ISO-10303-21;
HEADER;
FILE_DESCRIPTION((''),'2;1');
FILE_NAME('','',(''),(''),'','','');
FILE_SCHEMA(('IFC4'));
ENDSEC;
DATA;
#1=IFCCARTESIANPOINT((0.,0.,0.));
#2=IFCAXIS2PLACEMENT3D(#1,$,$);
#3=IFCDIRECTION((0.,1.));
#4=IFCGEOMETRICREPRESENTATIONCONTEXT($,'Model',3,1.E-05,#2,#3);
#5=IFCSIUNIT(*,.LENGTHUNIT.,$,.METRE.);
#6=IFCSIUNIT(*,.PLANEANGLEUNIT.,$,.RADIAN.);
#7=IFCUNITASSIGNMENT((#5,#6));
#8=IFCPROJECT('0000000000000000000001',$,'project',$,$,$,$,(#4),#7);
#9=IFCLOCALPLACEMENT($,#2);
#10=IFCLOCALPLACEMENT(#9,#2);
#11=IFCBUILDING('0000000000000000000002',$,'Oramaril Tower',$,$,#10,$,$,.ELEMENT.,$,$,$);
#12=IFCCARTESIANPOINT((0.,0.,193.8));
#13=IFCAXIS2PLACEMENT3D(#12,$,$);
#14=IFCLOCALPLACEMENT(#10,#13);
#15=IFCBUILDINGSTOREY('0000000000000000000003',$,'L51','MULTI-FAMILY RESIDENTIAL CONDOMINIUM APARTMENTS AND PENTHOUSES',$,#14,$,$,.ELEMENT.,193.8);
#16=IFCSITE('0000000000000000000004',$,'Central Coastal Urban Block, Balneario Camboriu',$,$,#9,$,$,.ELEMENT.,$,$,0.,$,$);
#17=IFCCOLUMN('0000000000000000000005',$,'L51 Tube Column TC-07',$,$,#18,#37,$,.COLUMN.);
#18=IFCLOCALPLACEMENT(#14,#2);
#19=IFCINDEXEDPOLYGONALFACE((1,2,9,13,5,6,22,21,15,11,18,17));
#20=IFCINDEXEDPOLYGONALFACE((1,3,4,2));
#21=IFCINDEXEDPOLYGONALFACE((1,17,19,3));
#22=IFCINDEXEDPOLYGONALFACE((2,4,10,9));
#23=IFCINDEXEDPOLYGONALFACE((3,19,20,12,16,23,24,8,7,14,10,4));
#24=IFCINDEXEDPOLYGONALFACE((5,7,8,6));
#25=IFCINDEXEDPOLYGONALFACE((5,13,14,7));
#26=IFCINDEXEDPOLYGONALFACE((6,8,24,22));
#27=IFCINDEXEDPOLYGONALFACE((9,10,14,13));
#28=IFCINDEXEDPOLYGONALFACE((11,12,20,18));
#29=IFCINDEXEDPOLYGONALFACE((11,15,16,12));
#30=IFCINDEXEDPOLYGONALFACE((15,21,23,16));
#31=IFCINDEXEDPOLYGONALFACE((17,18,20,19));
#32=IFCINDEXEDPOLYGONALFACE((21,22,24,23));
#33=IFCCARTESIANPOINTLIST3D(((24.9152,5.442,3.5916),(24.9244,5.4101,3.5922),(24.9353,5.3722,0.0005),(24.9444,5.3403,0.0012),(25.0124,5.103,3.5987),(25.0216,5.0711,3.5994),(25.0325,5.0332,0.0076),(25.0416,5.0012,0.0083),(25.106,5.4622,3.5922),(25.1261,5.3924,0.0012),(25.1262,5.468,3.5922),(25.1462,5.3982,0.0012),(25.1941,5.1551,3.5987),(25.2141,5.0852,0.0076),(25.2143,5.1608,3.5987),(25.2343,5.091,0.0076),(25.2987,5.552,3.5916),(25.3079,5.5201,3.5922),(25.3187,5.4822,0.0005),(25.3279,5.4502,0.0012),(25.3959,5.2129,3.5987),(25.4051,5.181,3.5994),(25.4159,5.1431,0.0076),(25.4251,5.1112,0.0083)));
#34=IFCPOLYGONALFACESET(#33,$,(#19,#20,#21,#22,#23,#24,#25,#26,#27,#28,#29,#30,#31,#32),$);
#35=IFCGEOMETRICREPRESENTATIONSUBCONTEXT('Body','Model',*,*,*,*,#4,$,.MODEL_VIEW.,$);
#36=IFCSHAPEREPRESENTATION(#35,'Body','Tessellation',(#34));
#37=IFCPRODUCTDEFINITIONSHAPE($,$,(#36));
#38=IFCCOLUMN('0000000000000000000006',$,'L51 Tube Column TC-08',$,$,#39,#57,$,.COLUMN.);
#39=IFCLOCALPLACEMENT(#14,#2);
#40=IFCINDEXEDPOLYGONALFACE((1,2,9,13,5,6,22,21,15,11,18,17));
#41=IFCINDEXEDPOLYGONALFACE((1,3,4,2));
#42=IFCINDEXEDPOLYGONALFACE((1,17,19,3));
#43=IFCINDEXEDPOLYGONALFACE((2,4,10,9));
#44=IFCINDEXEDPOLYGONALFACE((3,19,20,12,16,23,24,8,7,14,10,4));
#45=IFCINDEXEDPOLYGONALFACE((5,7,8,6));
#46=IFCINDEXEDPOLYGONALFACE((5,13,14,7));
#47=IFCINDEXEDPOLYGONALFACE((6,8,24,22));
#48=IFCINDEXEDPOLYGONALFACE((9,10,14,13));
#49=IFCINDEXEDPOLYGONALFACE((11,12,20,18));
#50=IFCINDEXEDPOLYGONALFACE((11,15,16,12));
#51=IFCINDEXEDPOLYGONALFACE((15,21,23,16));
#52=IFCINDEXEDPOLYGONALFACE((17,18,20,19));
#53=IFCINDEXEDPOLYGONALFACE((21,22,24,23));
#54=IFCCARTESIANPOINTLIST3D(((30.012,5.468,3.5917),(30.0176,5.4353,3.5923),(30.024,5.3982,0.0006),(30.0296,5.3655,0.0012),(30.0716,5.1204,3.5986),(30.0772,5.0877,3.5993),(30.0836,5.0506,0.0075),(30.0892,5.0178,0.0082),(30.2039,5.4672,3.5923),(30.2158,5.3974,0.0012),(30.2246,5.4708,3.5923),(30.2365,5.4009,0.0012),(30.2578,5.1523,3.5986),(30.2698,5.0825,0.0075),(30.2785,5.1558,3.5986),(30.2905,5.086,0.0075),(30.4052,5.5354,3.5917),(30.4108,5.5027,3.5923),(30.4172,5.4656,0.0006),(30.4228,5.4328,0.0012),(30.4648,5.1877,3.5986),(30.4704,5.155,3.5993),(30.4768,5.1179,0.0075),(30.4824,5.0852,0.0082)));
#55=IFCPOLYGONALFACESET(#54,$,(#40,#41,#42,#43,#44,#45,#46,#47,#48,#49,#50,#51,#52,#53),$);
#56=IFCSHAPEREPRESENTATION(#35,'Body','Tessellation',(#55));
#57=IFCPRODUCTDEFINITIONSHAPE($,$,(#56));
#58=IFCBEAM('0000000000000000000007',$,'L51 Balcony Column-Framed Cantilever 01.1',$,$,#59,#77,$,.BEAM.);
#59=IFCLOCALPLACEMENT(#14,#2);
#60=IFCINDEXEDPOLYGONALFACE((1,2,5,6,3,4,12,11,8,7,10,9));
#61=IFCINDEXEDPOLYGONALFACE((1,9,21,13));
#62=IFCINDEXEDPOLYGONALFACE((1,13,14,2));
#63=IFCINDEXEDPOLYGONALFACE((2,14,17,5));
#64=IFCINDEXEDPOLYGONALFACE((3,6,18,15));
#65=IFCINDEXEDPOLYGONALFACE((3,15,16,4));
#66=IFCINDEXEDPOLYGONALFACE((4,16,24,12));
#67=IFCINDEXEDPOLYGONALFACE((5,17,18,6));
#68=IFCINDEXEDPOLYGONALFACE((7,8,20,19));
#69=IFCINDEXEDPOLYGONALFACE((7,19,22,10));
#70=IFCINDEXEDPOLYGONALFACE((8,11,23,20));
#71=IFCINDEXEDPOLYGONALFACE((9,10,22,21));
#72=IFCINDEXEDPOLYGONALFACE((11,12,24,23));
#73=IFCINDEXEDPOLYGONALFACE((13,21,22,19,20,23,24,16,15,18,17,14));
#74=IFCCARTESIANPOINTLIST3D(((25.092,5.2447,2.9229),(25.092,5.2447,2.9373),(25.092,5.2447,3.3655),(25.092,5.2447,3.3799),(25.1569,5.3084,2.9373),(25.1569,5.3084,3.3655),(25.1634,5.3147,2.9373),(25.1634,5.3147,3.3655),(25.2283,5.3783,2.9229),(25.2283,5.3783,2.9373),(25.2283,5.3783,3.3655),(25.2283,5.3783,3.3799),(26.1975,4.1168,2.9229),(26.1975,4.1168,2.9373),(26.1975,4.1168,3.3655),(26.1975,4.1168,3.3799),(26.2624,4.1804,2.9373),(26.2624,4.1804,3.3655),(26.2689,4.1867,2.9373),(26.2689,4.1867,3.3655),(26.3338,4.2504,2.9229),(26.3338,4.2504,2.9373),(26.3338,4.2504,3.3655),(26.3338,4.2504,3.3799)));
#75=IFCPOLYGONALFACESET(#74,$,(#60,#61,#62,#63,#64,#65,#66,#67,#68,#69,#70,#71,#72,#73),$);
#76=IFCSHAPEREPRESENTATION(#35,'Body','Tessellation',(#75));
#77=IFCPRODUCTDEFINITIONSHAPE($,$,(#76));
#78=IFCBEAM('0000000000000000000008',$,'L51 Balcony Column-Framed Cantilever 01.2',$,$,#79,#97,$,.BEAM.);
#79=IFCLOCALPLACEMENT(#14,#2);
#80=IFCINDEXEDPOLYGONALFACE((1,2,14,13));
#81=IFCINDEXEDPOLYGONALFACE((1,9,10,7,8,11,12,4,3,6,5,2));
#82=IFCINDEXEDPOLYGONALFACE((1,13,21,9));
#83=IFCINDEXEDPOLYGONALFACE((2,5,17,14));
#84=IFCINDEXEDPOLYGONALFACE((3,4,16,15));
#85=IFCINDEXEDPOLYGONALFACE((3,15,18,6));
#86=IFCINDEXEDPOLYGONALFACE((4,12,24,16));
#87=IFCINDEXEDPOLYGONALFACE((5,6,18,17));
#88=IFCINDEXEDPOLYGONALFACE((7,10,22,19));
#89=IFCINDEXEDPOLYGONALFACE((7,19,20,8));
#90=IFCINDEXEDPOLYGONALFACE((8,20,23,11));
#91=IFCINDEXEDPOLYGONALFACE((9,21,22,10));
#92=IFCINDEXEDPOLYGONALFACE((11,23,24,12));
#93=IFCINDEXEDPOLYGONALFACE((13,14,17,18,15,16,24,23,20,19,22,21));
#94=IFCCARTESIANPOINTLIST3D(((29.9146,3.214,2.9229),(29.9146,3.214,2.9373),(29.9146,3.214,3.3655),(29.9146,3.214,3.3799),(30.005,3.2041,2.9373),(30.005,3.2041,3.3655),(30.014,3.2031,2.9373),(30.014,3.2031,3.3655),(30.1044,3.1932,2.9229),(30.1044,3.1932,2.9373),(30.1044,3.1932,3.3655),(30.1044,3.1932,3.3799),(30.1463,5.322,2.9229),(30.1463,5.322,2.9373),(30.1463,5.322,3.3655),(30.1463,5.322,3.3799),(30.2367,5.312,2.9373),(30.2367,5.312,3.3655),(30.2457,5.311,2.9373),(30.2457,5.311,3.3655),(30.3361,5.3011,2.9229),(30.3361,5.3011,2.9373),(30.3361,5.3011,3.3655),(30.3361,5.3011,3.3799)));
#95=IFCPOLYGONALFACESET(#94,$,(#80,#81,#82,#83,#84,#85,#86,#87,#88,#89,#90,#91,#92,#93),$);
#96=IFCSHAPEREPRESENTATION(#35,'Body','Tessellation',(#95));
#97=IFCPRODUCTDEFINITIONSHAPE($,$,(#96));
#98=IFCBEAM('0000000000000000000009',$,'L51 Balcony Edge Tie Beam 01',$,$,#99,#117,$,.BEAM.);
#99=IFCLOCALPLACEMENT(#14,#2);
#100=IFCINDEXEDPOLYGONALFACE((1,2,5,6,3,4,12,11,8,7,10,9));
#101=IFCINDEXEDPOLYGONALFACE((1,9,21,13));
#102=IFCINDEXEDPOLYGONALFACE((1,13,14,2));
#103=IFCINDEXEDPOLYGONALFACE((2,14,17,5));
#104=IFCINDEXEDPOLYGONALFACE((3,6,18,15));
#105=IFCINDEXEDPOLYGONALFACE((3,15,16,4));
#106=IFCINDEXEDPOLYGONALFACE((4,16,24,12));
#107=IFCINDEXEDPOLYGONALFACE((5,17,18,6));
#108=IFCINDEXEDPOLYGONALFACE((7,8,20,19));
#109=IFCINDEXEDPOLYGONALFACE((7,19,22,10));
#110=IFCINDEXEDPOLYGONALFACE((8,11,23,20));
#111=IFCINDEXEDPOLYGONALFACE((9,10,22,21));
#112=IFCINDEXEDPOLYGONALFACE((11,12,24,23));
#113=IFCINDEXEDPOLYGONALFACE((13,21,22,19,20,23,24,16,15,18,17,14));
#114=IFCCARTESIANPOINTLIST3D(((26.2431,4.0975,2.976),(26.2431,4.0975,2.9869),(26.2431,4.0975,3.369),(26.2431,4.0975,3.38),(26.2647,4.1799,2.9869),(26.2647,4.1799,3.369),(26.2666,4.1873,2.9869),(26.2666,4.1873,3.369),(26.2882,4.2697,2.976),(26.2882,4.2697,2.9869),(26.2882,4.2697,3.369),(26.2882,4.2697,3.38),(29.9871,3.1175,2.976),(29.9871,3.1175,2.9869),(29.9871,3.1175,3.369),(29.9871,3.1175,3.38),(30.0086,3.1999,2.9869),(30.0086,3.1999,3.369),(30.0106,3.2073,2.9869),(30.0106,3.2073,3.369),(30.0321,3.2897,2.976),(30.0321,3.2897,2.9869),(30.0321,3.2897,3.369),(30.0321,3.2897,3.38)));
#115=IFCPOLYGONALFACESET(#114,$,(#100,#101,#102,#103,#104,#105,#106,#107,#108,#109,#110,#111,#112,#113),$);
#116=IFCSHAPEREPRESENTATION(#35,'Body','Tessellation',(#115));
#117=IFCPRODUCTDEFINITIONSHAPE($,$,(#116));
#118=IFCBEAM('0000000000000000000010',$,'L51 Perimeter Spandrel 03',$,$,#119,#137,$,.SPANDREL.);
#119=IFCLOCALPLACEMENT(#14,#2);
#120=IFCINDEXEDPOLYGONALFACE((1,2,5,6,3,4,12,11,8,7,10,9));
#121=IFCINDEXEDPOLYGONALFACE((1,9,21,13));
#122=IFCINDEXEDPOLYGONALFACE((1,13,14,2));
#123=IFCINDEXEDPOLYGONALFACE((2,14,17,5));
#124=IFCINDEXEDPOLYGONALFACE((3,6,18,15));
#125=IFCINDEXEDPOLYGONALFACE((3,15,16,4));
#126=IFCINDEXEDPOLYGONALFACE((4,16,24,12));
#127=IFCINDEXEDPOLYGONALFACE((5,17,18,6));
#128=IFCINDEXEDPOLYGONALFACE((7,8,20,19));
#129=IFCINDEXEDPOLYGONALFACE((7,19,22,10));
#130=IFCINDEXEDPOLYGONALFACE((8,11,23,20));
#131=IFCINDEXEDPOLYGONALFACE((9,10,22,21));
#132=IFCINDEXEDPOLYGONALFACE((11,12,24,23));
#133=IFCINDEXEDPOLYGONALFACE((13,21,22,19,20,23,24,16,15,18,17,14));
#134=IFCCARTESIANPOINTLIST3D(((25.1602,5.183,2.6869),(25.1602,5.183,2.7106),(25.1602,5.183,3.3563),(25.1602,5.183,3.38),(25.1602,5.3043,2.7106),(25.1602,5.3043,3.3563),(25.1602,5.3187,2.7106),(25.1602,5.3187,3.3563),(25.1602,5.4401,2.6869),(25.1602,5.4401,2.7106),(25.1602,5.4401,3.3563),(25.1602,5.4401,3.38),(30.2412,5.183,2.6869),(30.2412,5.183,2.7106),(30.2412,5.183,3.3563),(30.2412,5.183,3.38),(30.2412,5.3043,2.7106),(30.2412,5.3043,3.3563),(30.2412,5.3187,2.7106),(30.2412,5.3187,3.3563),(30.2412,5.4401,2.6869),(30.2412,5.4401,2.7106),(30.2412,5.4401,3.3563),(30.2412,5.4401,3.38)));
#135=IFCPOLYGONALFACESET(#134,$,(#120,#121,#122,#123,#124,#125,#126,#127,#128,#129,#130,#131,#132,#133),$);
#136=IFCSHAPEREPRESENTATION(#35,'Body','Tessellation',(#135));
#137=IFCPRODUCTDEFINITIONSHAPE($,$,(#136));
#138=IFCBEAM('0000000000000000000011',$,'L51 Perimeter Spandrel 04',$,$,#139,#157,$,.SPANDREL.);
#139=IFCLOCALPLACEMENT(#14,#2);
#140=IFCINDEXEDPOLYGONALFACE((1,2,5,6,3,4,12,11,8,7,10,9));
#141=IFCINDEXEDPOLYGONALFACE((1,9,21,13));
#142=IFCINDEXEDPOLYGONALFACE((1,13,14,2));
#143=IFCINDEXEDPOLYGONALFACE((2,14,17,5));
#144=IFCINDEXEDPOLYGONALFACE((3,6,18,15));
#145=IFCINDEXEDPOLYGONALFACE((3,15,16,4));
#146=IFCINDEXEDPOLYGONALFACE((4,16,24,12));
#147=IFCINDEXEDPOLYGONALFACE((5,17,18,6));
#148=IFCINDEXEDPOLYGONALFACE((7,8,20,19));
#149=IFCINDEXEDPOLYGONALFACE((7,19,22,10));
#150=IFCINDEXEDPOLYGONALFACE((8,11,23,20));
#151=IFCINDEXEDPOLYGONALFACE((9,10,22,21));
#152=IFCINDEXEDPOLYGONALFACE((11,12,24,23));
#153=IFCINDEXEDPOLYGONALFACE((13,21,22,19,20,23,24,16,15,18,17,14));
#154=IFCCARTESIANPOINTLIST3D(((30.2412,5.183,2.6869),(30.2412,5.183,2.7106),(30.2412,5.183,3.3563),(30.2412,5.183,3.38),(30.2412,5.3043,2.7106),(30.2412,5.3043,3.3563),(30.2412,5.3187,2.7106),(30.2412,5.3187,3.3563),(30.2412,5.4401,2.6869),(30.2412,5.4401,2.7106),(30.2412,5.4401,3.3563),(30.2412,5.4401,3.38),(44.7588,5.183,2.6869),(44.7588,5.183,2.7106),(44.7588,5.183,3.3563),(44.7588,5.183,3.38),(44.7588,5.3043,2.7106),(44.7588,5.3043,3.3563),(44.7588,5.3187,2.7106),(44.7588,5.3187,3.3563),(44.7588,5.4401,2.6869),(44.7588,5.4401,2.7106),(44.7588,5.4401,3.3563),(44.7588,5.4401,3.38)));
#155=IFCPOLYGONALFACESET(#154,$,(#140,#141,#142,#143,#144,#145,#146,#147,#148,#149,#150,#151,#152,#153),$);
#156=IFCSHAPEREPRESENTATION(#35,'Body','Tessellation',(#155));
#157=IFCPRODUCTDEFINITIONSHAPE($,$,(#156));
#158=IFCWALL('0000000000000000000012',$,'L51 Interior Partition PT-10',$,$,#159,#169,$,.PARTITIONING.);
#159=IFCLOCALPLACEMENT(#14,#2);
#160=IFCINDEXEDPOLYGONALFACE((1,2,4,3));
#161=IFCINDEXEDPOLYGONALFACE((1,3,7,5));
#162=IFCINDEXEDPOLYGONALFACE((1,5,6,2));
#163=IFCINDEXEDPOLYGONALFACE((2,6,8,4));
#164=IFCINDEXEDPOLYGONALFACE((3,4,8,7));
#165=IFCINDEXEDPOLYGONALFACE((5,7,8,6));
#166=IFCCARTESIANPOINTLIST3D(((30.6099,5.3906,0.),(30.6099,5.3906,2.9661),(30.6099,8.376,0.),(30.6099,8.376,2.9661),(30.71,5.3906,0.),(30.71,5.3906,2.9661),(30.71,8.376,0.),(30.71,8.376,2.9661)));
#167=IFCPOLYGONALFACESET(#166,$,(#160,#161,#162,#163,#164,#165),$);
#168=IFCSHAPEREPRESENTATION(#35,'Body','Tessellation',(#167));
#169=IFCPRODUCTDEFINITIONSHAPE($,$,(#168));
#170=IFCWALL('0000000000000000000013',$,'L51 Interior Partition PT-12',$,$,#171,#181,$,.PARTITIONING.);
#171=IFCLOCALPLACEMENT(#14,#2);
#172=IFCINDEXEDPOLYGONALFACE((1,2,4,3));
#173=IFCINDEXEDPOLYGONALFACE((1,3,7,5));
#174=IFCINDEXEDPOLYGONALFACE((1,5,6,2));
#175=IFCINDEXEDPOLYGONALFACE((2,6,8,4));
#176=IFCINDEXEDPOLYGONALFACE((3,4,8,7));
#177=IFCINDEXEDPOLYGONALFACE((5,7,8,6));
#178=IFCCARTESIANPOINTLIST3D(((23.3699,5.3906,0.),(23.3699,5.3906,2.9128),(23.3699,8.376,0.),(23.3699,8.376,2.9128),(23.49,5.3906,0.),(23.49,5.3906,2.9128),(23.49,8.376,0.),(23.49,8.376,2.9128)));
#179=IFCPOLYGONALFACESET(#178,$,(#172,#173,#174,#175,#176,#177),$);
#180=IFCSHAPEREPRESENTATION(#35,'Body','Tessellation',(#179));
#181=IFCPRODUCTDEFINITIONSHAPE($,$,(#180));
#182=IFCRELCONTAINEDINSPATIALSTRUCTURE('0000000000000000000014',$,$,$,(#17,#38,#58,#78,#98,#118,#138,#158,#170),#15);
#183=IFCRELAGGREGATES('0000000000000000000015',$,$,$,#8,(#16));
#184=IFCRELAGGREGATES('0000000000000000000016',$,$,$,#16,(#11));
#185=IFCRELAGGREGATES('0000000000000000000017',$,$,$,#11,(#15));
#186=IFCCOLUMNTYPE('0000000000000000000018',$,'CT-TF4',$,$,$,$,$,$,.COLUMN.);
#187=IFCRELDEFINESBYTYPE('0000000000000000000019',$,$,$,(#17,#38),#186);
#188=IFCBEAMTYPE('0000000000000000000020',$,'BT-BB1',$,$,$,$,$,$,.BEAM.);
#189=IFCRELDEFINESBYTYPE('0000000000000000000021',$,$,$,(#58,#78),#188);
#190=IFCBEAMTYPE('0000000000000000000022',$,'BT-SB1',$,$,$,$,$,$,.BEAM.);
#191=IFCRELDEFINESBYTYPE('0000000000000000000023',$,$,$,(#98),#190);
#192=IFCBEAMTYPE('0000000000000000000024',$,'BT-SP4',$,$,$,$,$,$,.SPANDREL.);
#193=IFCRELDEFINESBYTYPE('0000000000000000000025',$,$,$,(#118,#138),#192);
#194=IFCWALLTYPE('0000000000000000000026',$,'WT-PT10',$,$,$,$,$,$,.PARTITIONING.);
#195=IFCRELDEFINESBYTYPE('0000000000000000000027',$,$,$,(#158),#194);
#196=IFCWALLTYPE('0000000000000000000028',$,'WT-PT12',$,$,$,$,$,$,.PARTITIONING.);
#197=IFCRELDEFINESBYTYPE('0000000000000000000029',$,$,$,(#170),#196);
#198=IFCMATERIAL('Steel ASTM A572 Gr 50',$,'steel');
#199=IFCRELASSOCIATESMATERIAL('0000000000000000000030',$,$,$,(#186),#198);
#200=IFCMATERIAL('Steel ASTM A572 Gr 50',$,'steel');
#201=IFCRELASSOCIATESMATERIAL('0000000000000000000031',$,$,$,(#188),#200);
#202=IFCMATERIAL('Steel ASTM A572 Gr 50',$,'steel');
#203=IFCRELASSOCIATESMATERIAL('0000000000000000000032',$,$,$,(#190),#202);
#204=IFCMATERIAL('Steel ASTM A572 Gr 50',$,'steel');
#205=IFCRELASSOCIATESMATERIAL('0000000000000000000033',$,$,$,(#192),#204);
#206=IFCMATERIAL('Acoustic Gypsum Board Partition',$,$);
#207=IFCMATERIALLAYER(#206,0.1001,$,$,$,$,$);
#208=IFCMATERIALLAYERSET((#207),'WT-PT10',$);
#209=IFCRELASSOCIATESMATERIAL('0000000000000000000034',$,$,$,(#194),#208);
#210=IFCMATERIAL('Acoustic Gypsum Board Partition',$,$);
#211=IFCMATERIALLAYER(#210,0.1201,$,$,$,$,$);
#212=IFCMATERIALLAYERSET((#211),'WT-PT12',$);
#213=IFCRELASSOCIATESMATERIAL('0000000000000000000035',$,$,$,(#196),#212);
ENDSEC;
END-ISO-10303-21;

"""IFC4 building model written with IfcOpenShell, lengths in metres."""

from ifc_helpers import new_model, si_unit, direction, frame, frame_2d, origin, origin_2d, place, context, subcontext, project, spatial, rectangle, i_section, extrude, material, layer, layer_set, material_profile, profile_set, type_object, element, save


model = new_model("IFC4")

# Units and contexts
model_context = context("Model", 3, precision=1e-05, world=origin(), true_north=direction((0.0, 1.0)))
body_context = subcontext(model_context, "Body", "Model", "MODEL_VIEW")
ifc_project = project(units=[si_unit("LENGTHUNIT", "METRE"), si_unit("PLANEANGLEUNIT", "RADIAN")], contexts=[model_context])

# Site, building, storey
site_placement = place(None, origin())
site = spatial("IfcSite", under=ifc_project, at=site_placement, Name="Central Coastal Urban Block, Balneario Camboriu", CompositionType="ELEMENT", RefElevation=0.0)
building_placement = place(site_placement, origin())
building = spatial("IfcBuilding", under=site, at=building_placement, Name="Oramaril Tower", CompositionType="ELEMENT")
storey_placement = place(building_placement, frame((0.0, 0.0, 193.8)))
storey = spatial("IfcBuildingStorey", under=building, at=storey_placement, Name="L51", Description="MULTI-FAMILY RESIDENTIAL CONDOMINIUM APARTMENTS AND PENTHOUSES", CompositionType="ELEMENT", Elevation=193.8)

# Columns
ifc_material_1 = material(Name="Steel ASTM A572 Gr 50", Category="steel")
ifc_material_profile_1 = material_profile(ifc_material_1, i_section(OverallWidth=0.3989, OverallDepth=0.386, WebThickness=0.021, FlangeThickness=0.0332, at=origin_2d()), Name="W14X176")
ifc_profile_set_1 = profile_set([ifc_material_profile_1], Name="Steel ASTM A572 Gr 50")
column_type = type_object("IfcColumnType", Name="CT-TF4", PredefinedType="COLUMN", material=ifc_profile_set_1)
for number, where, z_axis, x_axis, name in (
    (1, (25.1802, 5.2417, 0.0044), (-0.005574, 0.01944, 0.999795), (-0.96127, -0.275609, 0.0), "L51 Tube Column TC-07"),
    (2, (30.2532, 5.2417, 0.0044), (-0.003331, 0.01944, 0.999805), (-0.985639, -0.168868, 0.0), "L51 Tube Column TC-08"),
):
    element("IfcColumn", number, at=place(storey_placement, frame(where, z_axis=z_axis, x_axis=x_axis)), inside=storey, type_object=column_type, Name=name, PredefinedType="COLUMN", context=body_context, shape_type="SweptSolid", body=[
        extrude(i_section(OverallWidth=0.3989, OverallDepth=0.386, WebThickness=0.021, FlangeThickness=0.0332, at=origin_2d()), origin(), (0.0, 0.0, 1.0), 3.5918),
    ])

# Beams
ifc_material_2 = material(Name="Steel ASTM A572 Gr 50", Category="steel")
ifc_material_profile_2 = material_profile(ifc_material_2, i_section(OverallWidth=0.1909, OverallDepth=0.457, WebThickness=0.009, FlangeThickness=0.0144, at=origin_2d()), Name="W18X50")
ifc_profile_set_2 = profile_set([ifc_material_profile_2], Name="Steel ASTM A572 Gr 50")
beam_type_1 = type_object("IfcBeamType", Name="BT-BB1", PredefinedType="BEAM", material=ifc_profile_set_2)
beam_1_placement = place(storey_placement, frame((25.1602, 5.3115, 3.1514), z_axis=(0.69996, -0.714182, 0.0), x_axis=(0.714182, 0.69996, 0.0)))
element("IfcBeam", 3, at=beam_1_placement, inside=storey, type_object=beam_type_1, Name="L51 Balcony Column-Framed Cantilever 01.1", PredefinedType="BEAM", context=body_context, shape_type="SweptSolid", body=[
    extrude(i_section(OverallWidth=0.1909, OverallDepth=0.457, WebThickness=0.009, FlangeThickness=0.0144, at=origin_2d()), origin(), (0.0, 0.0, 1.0), 1.5793),
])
beam_2_placement = place(storey_placement, frame((30.2412, 5.3115, 3.1514), z_axis=(-0.109256, -0.994014, 0.0), x_axis=(0.994014, -0.109256, 0.0)))
element("IfcBeam", 4, at=beam_2_placement, inside=storey, type_object=beam_type_1, Name="L51 Balcony Column-Framed Cantilever 01.2", PredefinedType="BEAM", context=body_context, shape_type="SweptSolid", body=[
    extrude(i_section(OverallWidth=0.1909, OverallDepth=0.457, WebThickness=0.009, FlangeThickness=0.0144, at=origin_2d()), origin(), (0.0, 0.0, 1.0), 2.1206),
])
ifc_material_3 = material(Name="Steel ASTM A572 Gr 50", Category="steel")
ifc_material_profile_3 = material_profile(ifc_material_3, i_section(OverallWidth=0.178, OverallDepth=0.4041, WebThickness=0.0076, FlangeThickness=0.011, at=origin_2d()), Name="W16X36")
ifc_profile_set_3 = profile_set([ifc_material_profile_3], Name="Steel ASTM A572 Gr 50")
beam_type_2 = type_object("IfcBeamType", Name="BT-SB1", PredefinedType="BEAM", material=ifc_profile_set_3)
beam_3_placement = place(storey_placement, frame((26.2656, 4.1836, 3.178), z_axis=(0.967408, -0.253223, 0.0), x_axis=(0.253223, 0.967408, 0.0)))
element("IfcBeam", 5, at=beam_3_placement, inside=storey, type_object=beam_type_2, Name="L51 Balcony Edge Tie Beam 01", PredefinedType="BEAM", context=body_context, shape_type="SweptSolid", body=[
    extrude(i_section(OverallWidth=0.178, OverallDepth=0.4041, WebThickness=0.0076, FlangeThickness=0.011, at=origin_2d()), origin(), (0.0, 0.0, 1.0), 3.8701),
])
ifc_material_4 = material(Name="Steel ASTM A572 Gr 50", Category="steel")
ifc_material_profile_4 = material_profile(ifc_material_4, i_section(OverallWidth=0.2571, OverallDepth=0.6931, WebThickness=0.0144, FlangeThickness=0.0237, at=origin_2d()), Name="W27X114")
ifc_profile_set_4 = profile_set([ifc_material_profile_4], Name="Steel ASTM A572 Gr 50")
beam_type_3 = type_object("IfcBeamType", Name="BT-SP4", PredefinedType="SPANDREL", material=ifc_profile_set_4)
beam_4_placement = place(storey_placement, frame((25.1602, 5.3115, 3.0334), z_axis=(1.0, 0.0, 0.0), x_axis=(0.0, 1.0, 0.0)))
element("IfcBeam", 6, at=beam_4_placement, inside=storey, type_object=beam_type_3, Name="L51 Perimeter Spandrel 03", PredefinedType="SPANDREL", context=body_context, shape_type="SweptSolid", body=[
    extrude(i_section(OverallWidth=0.2571, OverallDepth=0.6931, WebThickness=0.0144, FlangeThickness=0.0237, at=origin_2d()), origin(), (0.0, 0.0, 1.0), 5.0811),
])
beam_5_placement = place(storey_placement, frame((30.2412, 5.3115, 3.0334), z_axis=(1.0, 0.0, 0.0), x_axis=(0.0, 1.0, 0.0)))
element("IfcBeam", 7, at=beam_5_placement, inside=storey, type_object=beam_type_3, Name="L51 Perimeter Spandrel 04", PredefinedType="SPANDREL", context=body_context, shape_type="SweptSolid", body=[
    extrude(i_section(OverallWidth=0.2571, OverallDepth=0.6931, WebThickness=0.0144, FlangeThickness=0.0237, at=origin_2d()), origin(), (0.0, 0.0, 1.0), 14.5176),
])

# Walls
ifc_material_5 = material(Name="Acoustic Gypsum Board Partition")
ifc_layer_1 = layer(ifc_material_5, 0.1001)
ifc_layer_set_1 = layer_set([ifc_layer_1], Name="WT-PT10")
wall_type_1 = type_object("IfcWallType", Name="WT-PT10", PredefinedType="PARTITIONING", material=ifc_layer_set_1)
wall_1_placement = place(storey_placement, frame((30.6599, 5.3906, 0.0), z_axis=(0.0, 0.0, 1.0), x_axis=(0.0, 1.0, 0.0)))
element("IfcWall", 8, at=wall_1_placement, inside=storey, type_object=wall_type_1, Name="L51 Interior Partition PT-10", PredefinedType="PARTITIONING", context=body_context, shape_type="SweptSolid", body=[
    extrude(rectangle(XDim=2.9854, YDim=0.1001, at=frame_2d((1.4927, 0.0))), origin(), (0.0, 0.0, 1.0), 2.9661),
])
ifc_material_6 = material(Name="Acoustic Gypsum Board Partition")
ifc_layer_2 = layer(ifc_material_6, 0.1201)
ifc_layer_set_2 = layer_set([ifc_layer_2], Name="WT-PT12")
wall_type_2 = type_object("IfcWallType", Name="WT-PT12", PredefinedType="PARTITIONING", material=ifc_layer_set_2)
wall_2_placement = place(storey_placement, frame((23.4299, 5.3906, 0.0), z_axis=(0.0, 0.0, 1.0), x_axis=(0.0, 1.0, 0.0)))
element("IfcWall", 9, at=wall_2_placement, inside=storey, type_object=wall_type_2, Name="L51 Interior Partition PT-12", PredefinedType="PARTITIONING", context=body_context, shape_type="SweptSolid", body=[
    extrude(rectangle(XDim=2.9854, YDim=0.1201, at=frame_2d((1.4927, 0.0))), origin(), (0.0, 0.0, 1.0), 2.9128),
])

save(model, "model.ifc")
